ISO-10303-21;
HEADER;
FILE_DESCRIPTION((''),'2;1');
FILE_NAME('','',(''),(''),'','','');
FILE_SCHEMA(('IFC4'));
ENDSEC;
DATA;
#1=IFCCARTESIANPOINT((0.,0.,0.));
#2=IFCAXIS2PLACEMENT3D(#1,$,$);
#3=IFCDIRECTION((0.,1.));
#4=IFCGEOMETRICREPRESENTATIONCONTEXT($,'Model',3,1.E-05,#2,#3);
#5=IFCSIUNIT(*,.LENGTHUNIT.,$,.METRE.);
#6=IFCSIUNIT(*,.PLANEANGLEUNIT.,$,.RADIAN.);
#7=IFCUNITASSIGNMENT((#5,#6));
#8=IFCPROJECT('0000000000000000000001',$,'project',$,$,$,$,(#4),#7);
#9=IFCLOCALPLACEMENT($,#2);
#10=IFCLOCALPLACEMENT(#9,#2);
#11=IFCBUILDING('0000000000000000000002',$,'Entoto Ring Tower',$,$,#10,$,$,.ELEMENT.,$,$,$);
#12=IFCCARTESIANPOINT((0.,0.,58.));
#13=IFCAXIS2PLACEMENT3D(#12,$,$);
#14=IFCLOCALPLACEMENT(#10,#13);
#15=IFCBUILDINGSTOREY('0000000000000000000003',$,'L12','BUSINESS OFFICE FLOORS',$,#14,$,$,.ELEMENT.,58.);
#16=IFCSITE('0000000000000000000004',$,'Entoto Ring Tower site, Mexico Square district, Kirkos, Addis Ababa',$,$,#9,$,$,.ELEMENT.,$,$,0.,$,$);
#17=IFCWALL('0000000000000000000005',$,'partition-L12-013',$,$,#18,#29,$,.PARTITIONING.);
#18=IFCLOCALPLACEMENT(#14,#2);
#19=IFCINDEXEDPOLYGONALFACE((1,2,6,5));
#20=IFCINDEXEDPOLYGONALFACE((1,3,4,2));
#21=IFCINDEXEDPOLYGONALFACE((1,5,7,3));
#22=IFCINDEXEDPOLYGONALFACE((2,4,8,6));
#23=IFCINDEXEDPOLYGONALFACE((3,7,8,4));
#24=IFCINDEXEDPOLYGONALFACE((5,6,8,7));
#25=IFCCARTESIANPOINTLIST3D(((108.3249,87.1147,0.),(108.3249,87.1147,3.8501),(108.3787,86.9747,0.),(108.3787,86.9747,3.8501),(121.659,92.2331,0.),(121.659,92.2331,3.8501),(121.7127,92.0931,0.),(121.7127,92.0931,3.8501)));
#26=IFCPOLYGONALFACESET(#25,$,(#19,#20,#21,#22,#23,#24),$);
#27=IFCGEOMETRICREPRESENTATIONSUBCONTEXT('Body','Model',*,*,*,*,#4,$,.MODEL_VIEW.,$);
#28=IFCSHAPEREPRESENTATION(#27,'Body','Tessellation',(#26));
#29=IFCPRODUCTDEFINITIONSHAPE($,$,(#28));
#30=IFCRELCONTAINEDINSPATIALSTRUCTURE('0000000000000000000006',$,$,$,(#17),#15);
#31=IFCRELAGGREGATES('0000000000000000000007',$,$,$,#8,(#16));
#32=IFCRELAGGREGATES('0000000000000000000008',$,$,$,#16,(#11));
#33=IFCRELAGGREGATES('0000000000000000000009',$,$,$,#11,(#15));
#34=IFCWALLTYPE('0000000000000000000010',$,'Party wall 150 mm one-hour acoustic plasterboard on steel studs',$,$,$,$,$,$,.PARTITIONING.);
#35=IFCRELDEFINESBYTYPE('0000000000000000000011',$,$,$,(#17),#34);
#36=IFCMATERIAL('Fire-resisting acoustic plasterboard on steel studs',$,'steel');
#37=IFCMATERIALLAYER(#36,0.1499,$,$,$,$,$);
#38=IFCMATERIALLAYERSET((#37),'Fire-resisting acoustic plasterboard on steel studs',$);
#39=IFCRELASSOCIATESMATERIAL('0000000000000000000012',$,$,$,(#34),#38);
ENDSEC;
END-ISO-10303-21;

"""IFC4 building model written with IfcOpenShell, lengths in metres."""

from ifc_helpers import new_model, si_unit, direction, frame, frame_2d, origin, place, context, subcontext, project, spatial, rectangle, extrude, material, layer, layer_set, type_object, element, save


model = new_model("IFC4")

# Units and contexts
model_context = context("Model", 3, precision=1e-05, world=origin(), true_north=direction((0.0, 1.0)))
body_context = subcontext(model_context, "Body", "Model", "MODEL_VIEW")
ifc_project = project(units=[si_unit("LENGTHUNIT", "METRE"), si_unit("PLANEANGLEUNIT", "RADIAN")], contexts=[model_context])

# Site, building, storey
site_placement = place(None, origin())
site = spatial("IfcSite", under=ifc_project, at=site_placement, Name="Entoto Ring Tower site, Mexico Square district, Kirkos, Addis Ababa", CompositionType="ELEMENT", RefElevation=0.0)
building_placement = place(site_placement, origin())
building = spatial("IfcBuilding", under=site, at=building_placement, Name="Entoto Ring Tower", CompositionType="ELEMENT")
storey_placement = place(building_placement, frame((0.0, 0.0, 58.0)))
storey = spatial("IfcBuildingStorey", under=building, at=storey_placement, Name="L12", Description="BUSINESS OFFICE FLOORS", CompositionType="ELEMENT", Elevation=58.0)

# Wall
ifc_material_1 = material(Name="Fire-resisting acoustic plasterboard on steel studs", Category="steel")
ifc_layer_1 = layer(ifc_material_1, 0.1499)
ifc_layer_set_1 = layer_set([ifc_layer_1], Name="Fire-resisting acoustic plasterboard on steel studs")
wall_type_1 = type_object("IfcWallType", Name="Party wall 150 mm one-hour acoustic plasterboard on steel studs", PredefinedType="PARTITIONING", material=ifc_layer_set_1)
wall_1_placement = place(storey_placement, frame((108.3518, 87.0447, 0.0), z_axis=(0.0, 0.0, 1.0), x_axis=(0.933581, 0.358366, 0.0)))
element("IfcWall", 1, at=wall_1_placement, inside=storey, type_object=wall_type_1, Name="partition-L12-013", PredefinedType="PARTITIONING", context=body_context, shape_type="SweptSolid", body=[
    extrude(rectangle(XDim=14.2827, YDim=0.1499, at=frame_2d((7.1414, 0.0))), origin(), (0.0, 0.0, 1.0), 3.8501),
])

save(model, "model.ifc")
